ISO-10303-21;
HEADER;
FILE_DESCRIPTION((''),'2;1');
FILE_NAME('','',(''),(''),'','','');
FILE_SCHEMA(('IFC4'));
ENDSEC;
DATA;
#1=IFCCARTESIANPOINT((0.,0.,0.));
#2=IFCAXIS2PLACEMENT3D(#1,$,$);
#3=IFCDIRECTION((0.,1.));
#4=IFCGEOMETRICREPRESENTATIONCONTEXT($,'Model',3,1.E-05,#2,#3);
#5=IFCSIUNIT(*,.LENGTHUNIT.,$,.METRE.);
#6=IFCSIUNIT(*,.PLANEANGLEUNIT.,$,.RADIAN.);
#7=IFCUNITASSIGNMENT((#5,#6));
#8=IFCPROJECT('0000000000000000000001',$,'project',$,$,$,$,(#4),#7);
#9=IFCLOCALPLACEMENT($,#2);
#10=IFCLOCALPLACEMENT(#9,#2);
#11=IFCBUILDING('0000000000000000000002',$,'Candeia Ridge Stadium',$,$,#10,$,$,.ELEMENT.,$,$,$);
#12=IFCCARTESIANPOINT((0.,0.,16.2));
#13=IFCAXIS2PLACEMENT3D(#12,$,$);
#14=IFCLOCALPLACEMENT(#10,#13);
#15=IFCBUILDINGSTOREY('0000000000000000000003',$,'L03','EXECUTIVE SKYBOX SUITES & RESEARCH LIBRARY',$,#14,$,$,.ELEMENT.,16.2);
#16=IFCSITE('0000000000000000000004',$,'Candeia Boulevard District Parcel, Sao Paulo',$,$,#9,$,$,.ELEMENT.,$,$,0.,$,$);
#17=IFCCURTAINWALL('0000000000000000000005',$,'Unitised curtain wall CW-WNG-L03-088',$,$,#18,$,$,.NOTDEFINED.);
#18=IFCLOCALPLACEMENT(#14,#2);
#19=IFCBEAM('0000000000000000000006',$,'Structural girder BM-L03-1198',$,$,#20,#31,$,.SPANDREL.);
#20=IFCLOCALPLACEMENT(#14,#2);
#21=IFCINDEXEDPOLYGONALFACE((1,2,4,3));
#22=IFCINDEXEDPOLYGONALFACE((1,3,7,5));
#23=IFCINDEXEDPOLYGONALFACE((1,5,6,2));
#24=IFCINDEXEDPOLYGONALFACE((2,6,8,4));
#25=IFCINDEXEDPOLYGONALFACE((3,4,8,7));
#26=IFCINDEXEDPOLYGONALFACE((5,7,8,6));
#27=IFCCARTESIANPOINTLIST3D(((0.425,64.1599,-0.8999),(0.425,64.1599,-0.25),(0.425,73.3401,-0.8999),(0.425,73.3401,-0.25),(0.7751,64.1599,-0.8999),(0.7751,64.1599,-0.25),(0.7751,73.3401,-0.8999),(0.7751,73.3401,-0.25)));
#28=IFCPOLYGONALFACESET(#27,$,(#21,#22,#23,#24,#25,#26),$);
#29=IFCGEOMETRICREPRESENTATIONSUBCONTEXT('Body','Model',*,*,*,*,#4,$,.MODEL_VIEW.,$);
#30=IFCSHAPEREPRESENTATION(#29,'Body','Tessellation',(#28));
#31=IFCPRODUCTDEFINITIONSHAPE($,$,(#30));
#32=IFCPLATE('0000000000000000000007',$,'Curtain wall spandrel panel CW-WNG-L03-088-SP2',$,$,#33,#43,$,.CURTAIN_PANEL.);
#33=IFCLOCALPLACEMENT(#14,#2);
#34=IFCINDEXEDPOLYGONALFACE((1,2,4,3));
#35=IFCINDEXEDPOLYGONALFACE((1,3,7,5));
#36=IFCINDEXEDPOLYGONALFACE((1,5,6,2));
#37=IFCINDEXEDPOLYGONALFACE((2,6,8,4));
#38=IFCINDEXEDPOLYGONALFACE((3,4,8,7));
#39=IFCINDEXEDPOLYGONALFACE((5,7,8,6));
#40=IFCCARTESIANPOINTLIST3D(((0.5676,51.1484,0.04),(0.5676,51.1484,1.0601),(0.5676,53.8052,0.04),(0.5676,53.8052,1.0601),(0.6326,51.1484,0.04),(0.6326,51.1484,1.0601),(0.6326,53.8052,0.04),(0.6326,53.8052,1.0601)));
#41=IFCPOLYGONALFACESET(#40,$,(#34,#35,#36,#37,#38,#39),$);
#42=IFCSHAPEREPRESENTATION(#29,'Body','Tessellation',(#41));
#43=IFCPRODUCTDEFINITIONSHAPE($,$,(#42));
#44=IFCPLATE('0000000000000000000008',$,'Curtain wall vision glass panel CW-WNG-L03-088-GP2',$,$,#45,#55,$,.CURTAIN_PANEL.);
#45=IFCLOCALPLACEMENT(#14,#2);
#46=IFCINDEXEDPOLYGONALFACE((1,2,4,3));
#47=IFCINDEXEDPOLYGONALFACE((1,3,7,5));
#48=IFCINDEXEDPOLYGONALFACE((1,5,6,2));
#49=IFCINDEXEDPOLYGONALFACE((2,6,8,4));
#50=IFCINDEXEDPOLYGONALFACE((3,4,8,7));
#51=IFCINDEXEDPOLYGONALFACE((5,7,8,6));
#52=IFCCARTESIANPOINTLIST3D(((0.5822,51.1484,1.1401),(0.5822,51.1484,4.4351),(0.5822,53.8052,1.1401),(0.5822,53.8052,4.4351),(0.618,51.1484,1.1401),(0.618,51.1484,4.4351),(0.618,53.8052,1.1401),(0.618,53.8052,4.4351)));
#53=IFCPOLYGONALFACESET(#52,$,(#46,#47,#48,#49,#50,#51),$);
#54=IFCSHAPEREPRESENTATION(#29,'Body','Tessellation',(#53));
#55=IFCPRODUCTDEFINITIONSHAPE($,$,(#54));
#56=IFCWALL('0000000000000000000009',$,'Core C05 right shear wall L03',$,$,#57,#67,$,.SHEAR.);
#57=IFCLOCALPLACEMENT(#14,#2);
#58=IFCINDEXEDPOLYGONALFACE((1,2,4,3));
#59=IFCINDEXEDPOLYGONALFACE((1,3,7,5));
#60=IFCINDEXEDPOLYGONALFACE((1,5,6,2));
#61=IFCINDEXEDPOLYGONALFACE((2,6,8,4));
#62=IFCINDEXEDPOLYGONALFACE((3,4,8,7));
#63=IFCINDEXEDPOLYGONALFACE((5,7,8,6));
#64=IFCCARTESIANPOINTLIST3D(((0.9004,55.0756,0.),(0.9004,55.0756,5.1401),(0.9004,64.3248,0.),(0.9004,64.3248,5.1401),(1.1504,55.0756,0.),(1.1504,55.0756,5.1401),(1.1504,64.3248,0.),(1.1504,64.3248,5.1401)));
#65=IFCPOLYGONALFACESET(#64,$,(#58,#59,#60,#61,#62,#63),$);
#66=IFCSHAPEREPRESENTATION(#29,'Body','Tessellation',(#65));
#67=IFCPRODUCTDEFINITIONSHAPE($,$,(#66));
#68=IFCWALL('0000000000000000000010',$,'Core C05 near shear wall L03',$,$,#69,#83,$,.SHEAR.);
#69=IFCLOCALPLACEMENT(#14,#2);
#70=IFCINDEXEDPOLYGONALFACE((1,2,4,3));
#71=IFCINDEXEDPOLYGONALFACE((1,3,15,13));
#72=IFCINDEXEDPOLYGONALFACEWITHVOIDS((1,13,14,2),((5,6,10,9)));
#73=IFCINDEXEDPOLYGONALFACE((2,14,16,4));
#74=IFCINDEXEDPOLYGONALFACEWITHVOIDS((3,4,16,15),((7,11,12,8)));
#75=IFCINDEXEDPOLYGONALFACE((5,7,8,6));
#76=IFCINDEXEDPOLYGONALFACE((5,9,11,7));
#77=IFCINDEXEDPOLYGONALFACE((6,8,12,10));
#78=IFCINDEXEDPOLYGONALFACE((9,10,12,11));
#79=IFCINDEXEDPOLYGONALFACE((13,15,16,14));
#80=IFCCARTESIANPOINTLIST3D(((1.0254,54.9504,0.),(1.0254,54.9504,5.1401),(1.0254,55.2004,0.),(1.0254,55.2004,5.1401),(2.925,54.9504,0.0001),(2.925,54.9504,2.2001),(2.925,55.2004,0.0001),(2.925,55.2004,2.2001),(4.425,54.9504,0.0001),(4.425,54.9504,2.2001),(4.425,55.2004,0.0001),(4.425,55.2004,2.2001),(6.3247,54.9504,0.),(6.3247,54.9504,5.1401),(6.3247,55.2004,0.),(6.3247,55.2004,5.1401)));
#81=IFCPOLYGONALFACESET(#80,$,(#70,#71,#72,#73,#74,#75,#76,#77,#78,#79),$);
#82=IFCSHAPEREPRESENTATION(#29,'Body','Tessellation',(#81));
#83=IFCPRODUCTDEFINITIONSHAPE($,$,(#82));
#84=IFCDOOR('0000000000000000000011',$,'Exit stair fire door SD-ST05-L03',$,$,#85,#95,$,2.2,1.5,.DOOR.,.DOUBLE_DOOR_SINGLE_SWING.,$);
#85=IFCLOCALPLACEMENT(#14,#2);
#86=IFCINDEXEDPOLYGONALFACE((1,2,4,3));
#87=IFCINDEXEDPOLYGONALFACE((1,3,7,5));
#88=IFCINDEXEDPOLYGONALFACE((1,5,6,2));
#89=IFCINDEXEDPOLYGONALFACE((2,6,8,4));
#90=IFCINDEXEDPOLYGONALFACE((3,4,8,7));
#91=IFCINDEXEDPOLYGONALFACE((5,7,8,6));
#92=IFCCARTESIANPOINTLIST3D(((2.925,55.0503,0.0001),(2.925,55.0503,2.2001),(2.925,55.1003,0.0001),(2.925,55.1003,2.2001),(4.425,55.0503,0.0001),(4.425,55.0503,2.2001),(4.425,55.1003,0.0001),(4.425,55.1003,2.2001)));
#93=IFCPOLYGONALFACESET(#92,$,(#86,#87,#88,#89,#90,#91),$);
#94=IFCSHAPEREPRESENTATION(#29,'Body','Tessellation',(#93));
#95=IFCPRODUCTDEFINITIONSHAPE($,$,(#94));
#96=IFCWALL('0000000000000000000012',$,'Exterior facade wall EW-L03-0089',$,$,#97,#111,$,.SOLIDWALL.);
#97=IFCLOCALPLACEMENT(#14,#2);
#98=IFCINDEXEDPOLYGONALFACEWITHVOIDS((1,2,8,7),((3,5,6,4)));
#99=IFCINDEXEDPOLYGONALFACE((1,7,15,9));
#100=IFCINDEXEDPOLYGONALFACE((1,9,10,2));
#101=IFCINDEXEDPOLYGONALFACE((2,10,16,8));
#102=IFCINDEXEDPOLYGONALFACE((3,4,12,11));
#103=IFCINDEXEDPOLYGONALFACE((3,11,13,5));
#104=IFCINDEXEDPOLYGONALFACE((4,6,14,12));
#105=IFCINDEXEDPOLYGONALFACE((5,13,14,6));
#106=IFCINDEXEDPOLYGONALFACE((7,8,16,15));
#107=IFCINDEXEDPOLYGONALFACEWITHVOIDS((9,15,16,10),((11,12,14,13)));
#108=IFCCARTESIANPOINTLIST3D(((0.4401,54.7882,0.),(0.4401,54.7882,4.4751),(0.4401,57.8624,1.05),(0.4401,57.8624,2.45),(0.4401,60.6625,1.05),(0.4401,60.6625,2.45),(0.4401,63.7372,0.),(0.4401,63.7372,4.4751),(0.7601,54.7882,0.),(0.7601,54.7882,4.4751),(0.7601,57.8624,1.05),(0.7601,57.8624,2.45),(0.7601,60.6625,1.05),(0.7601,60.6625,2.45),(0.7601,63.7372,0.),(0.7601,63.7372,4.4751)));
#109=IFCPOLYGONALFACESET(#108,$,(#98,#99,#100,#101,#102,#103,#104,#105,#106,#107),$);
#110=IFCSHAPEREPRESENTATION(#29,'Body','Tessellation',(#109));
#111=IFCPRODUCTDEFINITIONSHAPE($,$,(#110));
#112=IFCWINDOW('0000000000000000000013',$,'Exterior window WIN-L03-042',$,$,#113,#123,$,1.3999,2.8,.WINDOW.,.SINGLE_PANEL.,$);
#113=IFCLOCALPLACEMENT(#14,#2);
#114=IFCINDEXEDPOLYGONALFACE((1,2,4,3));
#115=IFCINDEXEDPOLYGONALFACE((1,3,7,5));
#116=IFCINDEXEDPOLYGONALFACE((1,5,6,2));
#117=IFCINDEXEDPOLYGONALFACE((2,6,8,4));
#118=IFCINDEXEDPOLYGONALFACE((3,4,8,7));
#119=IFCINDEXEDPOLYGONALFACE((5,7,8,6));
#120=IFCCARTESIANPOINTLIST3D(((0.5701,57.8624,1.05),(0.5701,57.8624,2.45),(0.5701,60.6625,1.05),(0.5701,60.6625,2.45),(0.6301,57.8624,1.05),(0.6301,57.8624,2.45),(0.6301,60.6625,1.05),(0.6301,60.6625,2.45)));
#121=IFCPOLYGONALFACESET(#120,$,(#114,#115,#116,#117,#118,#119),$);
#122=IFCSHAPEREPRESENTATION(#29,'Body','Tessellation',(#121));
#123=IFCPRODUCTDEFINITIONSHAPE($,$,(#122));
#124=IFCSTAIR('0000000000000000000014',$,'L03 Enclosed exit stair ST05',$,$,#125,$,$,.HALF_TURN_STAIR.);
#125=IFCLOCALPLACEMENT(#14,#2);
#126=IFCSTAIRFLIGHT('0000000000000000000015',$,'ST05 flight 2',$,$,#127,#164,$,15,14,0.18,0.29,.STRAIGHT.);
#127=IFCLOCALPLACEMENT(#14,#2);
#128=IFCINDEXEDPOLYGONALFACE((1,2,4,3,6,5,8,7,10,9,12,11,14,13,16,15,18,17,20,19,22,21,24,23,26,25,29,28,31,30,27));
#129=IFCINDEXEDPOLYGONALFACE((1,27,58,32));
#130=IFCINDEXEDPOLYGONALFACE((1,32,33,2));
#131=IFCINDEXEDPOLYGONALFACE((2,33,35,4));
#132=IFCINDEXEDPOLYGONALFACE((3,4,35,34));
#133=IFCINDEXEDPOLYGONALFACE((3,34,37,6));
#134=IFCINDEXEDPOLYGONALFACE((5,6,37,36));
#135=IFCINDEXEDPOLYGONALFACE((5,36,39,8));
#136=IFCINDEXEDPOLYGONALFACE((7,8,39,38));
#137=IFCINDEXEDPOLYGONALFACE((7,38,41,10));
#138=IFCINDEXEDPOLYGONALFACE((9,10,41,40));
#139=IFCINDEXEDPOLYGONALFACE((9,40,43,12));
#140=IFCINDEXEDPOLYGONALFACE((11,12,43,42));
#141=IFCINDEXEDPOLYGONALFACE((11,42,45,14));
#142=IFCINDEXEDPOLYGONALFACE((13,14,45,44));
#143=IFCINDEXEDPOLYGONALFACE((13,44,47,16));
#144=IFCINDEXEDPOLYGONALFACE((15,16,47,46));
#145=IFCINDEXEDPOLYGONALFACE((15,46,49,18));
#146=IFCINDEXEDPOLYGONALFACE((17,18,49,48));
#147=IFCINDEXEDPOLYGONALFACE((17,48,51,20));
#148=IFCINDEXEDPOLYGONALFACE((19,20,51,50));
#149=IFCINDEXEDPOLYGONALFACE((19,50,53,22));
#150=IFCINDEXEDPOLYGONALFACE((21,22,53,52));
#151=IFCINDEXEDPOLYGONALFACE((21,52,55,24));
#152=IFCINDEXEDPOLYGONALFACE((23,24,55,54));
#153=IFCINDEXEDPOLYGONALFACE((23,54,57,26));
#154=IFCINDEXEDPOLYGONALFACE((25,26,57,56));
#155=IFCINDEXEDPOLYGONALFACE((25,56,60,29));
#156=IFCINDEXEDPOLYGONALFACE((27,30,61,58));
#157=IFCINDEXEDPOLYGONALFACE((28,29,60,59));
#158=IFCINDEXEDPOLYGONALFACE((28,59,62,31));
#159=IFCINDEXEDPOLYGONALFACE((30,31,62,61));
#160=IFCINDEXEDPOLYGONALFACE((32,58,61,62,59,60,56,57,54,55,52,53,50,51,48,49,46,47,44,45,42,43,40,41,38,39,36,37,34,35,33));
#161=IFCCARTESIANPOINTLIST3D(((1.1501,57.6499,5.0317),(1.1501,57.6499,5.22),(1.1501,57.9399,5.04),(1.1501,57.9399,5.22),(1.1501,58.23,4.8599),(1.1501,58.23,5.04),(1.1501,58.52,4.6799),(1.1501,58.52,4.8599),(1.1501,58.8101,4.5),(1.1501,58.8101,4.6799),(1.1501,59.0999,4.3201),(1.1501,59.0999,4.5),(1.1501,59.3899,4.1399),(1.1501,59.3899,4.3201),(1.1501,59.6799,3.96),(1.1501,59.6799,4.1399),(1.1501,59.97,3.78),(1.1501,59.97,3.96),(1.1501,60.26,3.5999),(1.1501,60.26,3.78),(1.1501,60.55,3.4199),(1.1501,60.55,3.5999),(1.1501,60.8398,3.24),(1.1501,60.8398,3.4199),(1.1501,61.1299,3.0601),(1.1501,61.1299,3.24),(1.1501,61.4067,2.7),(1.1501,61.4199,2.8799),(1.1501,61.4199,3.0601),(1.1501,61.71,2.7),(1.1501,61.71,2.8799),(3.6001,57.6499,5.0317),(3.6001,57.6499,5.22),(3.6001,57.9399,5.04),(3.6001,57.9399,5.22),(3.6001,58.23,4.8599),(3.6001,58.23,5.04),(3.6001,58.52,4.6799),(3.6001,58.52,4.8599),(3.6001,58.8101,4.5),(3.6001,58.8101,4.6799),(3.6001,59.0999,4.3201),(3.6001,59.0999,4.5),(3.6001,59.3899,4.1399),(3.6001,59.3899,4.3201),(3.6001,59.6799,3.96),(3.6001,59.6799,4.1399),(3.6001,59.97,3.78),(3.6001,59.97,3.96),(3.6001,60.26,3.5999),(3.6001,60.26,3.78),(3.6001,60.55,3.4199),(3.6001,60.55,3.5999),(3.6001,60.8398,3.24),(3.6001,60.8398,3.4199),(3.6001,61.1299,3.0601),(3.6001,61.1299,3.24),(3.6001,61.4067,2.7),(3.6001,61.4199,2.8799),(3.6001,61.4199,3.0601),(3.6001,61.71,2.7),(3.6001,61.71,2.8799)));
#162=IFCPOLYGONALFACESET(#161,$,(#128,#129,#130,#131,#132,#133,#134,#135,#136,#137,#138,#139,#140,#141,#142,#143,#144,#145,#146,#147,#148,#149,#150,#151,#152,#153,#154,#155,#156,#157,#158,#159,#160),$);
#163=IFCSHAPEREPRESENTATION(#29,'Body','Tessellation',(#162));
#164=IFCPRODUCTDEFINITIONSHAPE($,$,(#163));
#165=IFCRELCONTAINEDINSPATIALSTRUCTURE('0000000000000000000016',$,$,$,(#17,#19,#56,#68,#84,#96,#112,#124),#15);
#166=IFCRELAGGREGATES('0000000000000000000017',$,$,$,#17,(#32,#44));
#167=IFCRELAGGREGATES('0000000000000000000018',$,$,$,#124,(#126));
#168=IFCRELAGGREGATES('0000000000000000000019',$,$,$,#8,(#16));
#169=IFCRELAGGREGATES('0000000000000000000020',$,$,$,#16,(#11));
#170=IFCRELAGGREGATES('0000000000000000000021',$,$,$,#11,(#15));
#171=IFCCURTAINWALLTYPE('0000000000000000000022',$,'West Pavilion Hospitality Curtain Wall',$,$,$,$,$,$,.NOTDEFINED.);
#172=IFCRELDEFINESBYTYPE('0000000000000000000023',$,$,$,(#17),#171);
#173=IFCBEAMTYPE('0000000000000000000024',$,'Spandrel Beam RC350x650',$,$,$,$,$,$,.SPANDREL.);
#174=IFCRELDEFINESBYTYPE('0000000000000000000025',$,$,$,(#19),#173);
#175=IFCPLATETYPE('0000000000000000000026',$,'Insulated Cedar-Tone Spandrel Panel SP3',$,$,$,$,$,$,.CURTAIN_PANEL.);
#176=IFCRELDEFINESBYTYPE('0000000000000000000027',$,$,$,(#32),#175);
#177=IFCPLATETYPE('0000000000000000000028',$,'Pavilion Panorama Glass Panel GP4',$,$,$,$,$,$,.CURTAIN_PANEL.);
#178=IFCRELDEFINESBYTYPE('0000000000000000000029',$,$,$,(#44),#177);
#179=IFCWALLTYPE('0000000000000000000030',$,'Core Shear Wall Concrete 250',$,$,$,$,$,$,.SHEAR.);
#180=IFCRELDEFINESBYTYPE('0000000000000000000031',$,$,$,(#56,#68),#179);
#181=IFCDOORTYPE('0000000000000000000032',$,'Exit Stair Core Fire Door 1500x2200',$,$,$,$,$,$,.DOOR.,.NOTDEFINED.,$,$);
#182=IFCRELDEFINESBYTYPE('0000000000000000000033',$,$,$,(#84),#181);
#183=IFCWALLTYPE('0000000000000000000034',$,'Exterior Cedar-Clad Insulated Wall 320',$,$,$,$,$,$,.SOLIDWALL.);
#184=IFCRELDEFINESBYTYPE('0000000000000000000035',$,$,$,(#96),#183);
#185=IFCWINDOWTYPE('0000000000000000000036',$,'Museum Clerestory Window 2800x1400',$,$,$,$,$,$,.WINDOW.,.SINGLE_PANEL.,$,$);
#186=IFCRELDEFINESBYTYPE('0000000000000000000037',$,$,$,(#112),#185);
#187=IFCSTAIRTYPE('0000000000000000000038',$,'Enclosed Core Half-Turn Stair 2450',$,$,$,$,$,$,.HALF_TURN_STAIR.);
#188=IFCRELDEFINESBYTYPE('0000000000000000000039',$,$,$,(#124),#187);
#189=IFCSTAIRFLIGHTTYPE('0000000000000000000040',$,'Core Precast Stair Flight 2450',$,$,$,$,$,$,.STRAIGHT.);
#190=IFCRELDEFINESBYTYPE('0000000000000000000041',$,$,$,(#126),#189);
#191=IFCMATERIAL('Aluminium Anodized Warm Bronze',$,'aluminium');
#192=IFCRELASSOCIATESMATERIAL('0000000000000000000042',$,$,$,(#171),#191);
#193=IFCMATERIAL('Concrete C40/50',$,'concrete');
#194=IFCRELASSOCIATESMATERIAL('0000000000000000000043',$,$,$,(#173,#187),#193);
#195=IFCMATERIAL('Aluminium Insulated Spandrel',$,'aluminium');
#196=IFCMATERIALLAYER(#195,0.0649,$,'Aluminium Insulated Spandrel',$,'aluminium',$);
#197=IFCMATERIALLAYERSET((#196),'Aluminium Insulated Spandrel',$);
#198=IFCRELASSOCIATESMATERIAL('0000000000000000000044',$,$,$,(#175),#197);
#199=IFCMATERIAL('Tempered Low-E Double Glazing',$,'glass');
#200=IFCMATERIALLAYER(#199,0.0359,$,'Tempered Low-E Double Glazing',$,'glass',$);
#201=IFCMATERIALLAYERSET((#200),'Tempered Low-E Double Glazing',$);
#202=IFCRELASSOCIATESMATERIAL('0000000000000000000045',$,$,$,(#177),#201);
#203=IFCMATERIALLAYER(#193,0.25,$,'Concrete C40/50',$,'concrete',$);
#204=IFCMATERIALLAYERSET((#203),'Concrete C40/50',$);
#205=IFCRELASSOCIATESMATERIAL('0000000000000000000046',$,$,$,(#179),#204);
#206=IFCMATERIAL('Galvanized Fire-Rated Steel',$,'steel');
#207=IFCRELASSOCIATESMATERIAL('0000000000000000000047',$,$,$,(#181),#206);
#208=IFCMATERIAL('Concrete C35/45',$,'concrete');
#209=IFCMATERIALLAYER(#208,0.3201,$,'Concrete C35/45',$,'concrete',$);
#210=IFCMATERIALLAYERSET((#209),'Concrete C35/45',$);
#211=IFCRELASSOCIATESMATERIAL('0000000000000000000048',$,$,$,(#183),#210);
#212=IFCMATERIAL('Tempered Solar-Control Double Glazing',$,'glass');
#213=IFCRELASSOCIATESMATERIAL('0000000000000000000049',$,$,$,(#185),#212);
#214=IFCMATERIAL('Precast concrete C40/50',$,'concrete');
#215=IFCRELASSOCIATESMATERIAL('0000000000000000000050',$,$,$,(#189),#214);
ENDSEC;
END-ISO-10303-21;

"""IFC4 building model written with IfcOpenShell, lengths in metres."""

from ifc_helpers import new_model, si_unit, direction, frame, frame_2d, origin, origin_2d, place, context, subcontext, project, spatial, polyline, rectangle, outline, extrude, material, layer, layer_set, material_profile, profile_set, type_object, element, fill, aggregate, save


model = new_model("IFC4")

# Units and contexts
model_context = context("Model", 3, precision=1e-05, world=origin(), true_north=direction((0.0, 1.0)))
body_context = subcontext(model_context, "Body", "Model", "MODEL_VIEW")
ifc_project = project(units=[si_unit("LENGTHUNIT", "METRE"), si_unit("PLANEANGLEUNIT", "RADIAN")], contexts=[model_context])

# Site, building, storey
site_placement = place(None, origin())
site = spatial("IfcSite", under=ifc_project, at=site_placement, Name="Candeia Boulevard District Parcel, Sao Paulo", CompositionType="ELEMENT", RefElevation=0.0)
building_placement = place(site_placement, origin())
building = spatial("IfcBuilding", under=site, at=building_placement, Name="Candeia Ridge Stadium", CompositionType="ELEMENT")
storey_placement = place(building_placement, frame((0.0, 0.0, 16.2)))
storey = spatial("IfcBuildingStorey", under=building, at=storey_placement, Name="L03", Description="EXECUTIVE SKYBOX SUITES & RESEARCH LIBRARY", CompositionType="ELEMENT", Elevation=16.2)

# Shared definitions
ifc_material_1 = material(Name="Concrete C40/50", Category="concrete")

# Curtain wall
ifc_material_2 = material(Name="Aluminium Anodized Warm Bronze", Category="aluminium")
curtain_wall_type = type_object("IfcCurtainWallType", Name="West Pavilion Hospitality Curtain Wall", PredefinedType="NOTDEFINED", material=ifc_material_2)
curtain_wall_1_placement = place(storey_placement, origin())
curtain_wall_1 = element("IfcCurtainWall", 1, at=curtain_wall_1_placement, inside=storey, type_object=curtain_wall_type, Name="Unitised curtain wall CW-WNG-L03-088", PredefinedType="NOTDEFINED")

# Beam
ifc_material_profile_1 = material_profile(ifc_material_1, rectangle(XDim=0.3501, YDim=0.6499, at=origin_2d()), Name="RC350x650", Category="concrete")
ifc_profile_set_1 = profile_set([ifc_material_profile_1], Name="Concrete C40/50")
beam_type_1 = type_object("IfcBeamType", Name="Spandrel Beam RC350x650", PredefinedType="SPANDREL", material=ifc_profile_set_1)
for number, where, z_axis, x_axis, name in (
    (2, (0.6001, 64.1599, -0.575), (0.0, 1.0, 0.0), (-1.0, 0.0, 0.0), "Structural girder BM-L03-1198"),
):
    element("IfcBeam", number, at=place(storey_placement, frame(where, z_axis=z_axis, x_axis=x_axis)), inside=storey, type_object=beam_type_1, Name=name, PredefinedType="SPANDREL", context=body_context, shape_type="SweptSolid", body=[
        extrude(rectangle(XDim=0.3501, YDim=0.6499, at=origin_2d()), origin(), (0.0, 0.0, 1.0), 9.1802),
    ])

# Plates
ifc_material_3 = material(Name="Aluminium Insulated Spandrel", Category="aluminium")
ifc_layer_1 = layer(ifc_material_3, 0.0649, Name="Aluminium Insulated Spandrel", Category="aluminium")
ifc_layer_set_1 = layer_set([ifc_layer_1], Name="Aluminium Insulated Spandrel")
plate_type_1 = type_object("IfcPlateType", Name="Insulated Cedar-Tone Spandrel Panel SP3", PredefinedType="CURTAIN_PANEL", material=ifc_layer_set_1)
plate_1_placement = place(storey_placement, frame((0.6001, 52.4768, 0.04), z_axis=(0.0, 0.0, 1.0), x_axis=(0.0, 1.0, 0.0)))
plate_1 = element("IfcPlate", 3, at=plate_1_placement, type_object=plate_type_1, Name="Curtain wall spandrel panel CW-WNG-L03-088-SP2", PredefinedType="CURTAIN_PANEL", context=body_context, shape_type="SweptSolid", body=[
    extrude(rectangle(XDim=2.6567, YDim=0.0649, at=origin_2d()), origin(), (0.0, 0.0, 1.0), 1.02),
])
ifc_material_4 = material(Name="Tempered Low-E Double Glazing", Category="glass")
ifc_layer_2 = layer(ifc_material_4, 0.0359, Name="Tempered Low-E Double Glazing", Category="glass")
ifc_layer_set_2 = layer_set([ifc_layer_2], Name="Tempered Low-E Double Glazing")
plate_type_2 = type_object("IfcPlateType", Name="Pavilion Panorama Glass Panel GP4", PredefinedType="CURTAIN_PANEL", material=ifc_layer_set_2)
plate_2_placement = place(storey_placement, frame((0.6001, 52.4768, 1.1401), z_axis=(0.0, 0.0, 1.0), x_axis=(0.0, 1.0, 0.0)))
plate_2 = element("IfcPlate", 4, at=plate_2_placement, type_object=plate_type_2, Name="Curtain wall vision glass panel CW-WNG-L03-088-GP2", PredefinedType="CURTAIN_PANEL", context=body_context, shape_type="SweptSolid", body=[
    extrude(rectangle(XDim=2.6567, YDim=0.0359, at=origin_2d()), origin(), (0.0, 0.0, 1.0), 3.2949),
])
aggregate(curtain_wall_1, [plate_1, plate_2])

# Wall
ifc_layer_3 = layer(ifc_material_1, 0.25, Name="Concrete C40/50", Category="concrete")
ifc_layer_set_3 = layer_set([ifc_layer_3], Name="Concrete C40/50")
wall_type_1 = type_object("IfcWallType", Name="Core Shear Wall Concrete 250", PredefinedType="SHEAR", material=ifc_layer_set_3)
wall_1_placement = place(storey_placement, frame((1.0254, 64.3247, 0.0), z_axis=(0.0, 0.0, 1.0), x_axis=(0.0, -1.0, 0.0)))
element("IfcWall", 5, at=wall_1_placement, inside=storey, type_object=wall_type_1, Name="Core C05 right shear wall L03", PredefinedType="SHEAR", context=body_context, shape_type="SweptSolid", body=[
    extrude(rectangle(XDim=9.2493, YDim=0.25, at=frame_2d((4.6245, 0.0))), origin(), (0.0, 0.0, 1.0), 5.1401),
])

# Wall, opening, door
wall_2_placement = place(storey_placement, frame((1.0254, 55.0754, 0.0), z_axis=(0.0, 0.0, 1.0), x_axis=(1.0, 0.0, 0.0)))
wall_2 = element("IfcWall", 6, at=wall_2_placement, inside=storey, type_object=wall_type_1, Name="Core C05 near shear wall L03", PredefinedType="SHEAR", context=body_context, shape_type="SweptSolid", body=[
    extrude(rectangle(XDim=5.2993, YDim=0.25, at=frame_2d((2.6497, 0.0))), origin(), (0.0, 0.0, 1.0), 5.1401),
])
opening_1_placement = place(wall_2_placement, frame((1.8997, 0.0, 0.0)))
opening_1 = element("IfcOpeningElement", 7, at=opening_1_placement, cuts=wall_2, PredefinedType="OPENING", context=body_context, shape_type="SweptSolid", body=[
    extrude(rectangle(XDim=1.5, YDim=2.2, at=frame_2d((0.75, 1.1001))), frame((0.0, 0.135, 0.0), z_axis=(0.0, -1.0, 0.0), x_axis=(1.0, 0.0, 0.0)), (0.0, 0.0, 1.0), 0.27),
])
ifc_material_5 = material(Name="Galvanized Fire-Rated Steel", Category="steel")
door_type = type_object("IfcDoorType", Name="Exit Stair Core Fire Door 1500x2200", OperationType="NOTDEFINED", PredefinedType="DOOR", material=ifc_material_5)
door_placement = place(opening_1_placement, origin())
door = element("IfcDoor", 8, at=door_placement, inside=storey, type_object=door_type, Name="Exit stair fire door SD-ST05-L03", OperationType="DOUBLE_DOOR_SINGLE_SWING", OverallHeight=2.2, OverallWidth=1.5, PredefinedType="DOOR", context=body_context, shape_type="SweptSolid", body=[
    extrude(rectangle(XDim=1.5, YDim=2.2, at=frame_2d((0.75, 1.1001))), frame((0.0, 0.0249, 0.0), z_axis=(0.0, -1.0, 0.0), x_axis=(1.0, 0.0, 0.0)), (0.0, 0.0, 1.0), 0.05),
])
fill(opening_1, door)

# Wall, opening, window
ifc_material_6 = material(Name="Concrete C35/45", Category="concrete")
ifc_layer_4 = layer(ifc_material_6, 0.3201, Name="Concrete C35/45", Category="concrete")
ifc_layer_set_4 = layer_set([ifc_layer_4], Name="Concrete C35/45")
wall_type_2 = type_object("IfcWallType", Name="Exterior Cedar-Clad Insulated Wall 320", PredefinedType="SOLIDWALL", material=ifc_layer_set_4)
wall_3_placement = place(storey_placement, frame((0.6001, 54.7881, 0.0), z_axis=(0.0, 0.0, 1.0), x_axis=(0.0, 1.0, 0.0)))
wall_3 = element("IfcWall", 9, at=wall_3_placement, inside=storey, type_object=wall_type_2, Name="Exterior facade wall EW-L03-0089", PredefinedType="SOLIDWALL", context=body_context, shape_type="SweptSolid", body=[
    extrude(rectangle(XDim=8.949, YDim=0.3201, at=frame_2d((4.4746, 0.0))), origin(), (0.0, 0.0, 1.0), 4.4751),
])
opening_2_placement = place(wall_3_placement, frame((3.0745, 0.0, 1.05)))
opening_2 = element("IfcOpeningElement", 10, at=opening_2_placement, cuts=wall_3, PredefinedType="OPENING", context=body_context, shape_type="SweptSolid", body=[
    extrude(rectangle(XDim=2.8, YDim=1.3999, at=frame_2d((1.3999, 0.7))), frame((0.0, 0.1699, 0.0), z_axis=(0.0, -1.0, 0.0), x_axis=(1.0, 0.0, 0.0)), (0.0, 0.0, 1.0), 0.3401),
])
ifc_material_7 = material(Name="Tempered Solar-Control Double Glazing", Category="glass")
window_type = type_object("IfcWindowType", Name="Museum Clerestory Window 2800x1400", PartitioningType="SINGLE_PANEL", PredefinedType="WINDOW", material=ifc_material_7)
window_placement = place(opening_2_placement, origin())
window = element("IfcWindow", 11, at=window_placement, inside=storey, type_object=window_type, Name="Exterior window WIN-L03-042", OverallHeight=1.3999, OverallWidth=2.8, PartitioningType="SINGLE_PANEL", PredefinedType="WINDOW", context=body_context, shape_type="SweptSolid", body=[
    extrude(rectangle(XDim=2.8, YDim=1.3999, at=frame_2d((1.3999, 0.7))), frame((0.0, 0.03, 0.0), z_axis=(0.0, -1.0, 0.0), x_axis=(1.0, 0.0, 0.0)), (0.0, 0.0, 1.0), 0.0601),
])
fill(opening_2, window)

# Stair, stair flight
stair_type = type_object("IfcStairType", Name="Enclosed Core Half-Turn Stair 2450", PredefinedType="HALF_TURN_STAIR", material=ifc_material_1)
stair_placement = place(storey_placement, origin())
stair = element("IfcStair", 12, at=stair_placement, inside=storey, type_object=stair_type, Name="L03 Enclosed exit stair ST05", PredefinedType="HALF_TURN_STAIR")
ifc_material_8 = material(Name="Precast concrete C40/50", Category="concrete")
stair_flight_type = type_object("IfcStairFlightType", Name="Core Precast Stair Flight 2450", PredefinedType="STRAIGHT", material=ifc_material_8)
stair_flight_placement = place(storey_placement, frame((2.375, 61.71, 2.7), z_axis=(0.0, 0.0, 1.0), x_axis=(0.0, -1.0, 0.0)))
stair_flight = element("IfcStairFlight", 13, at=stair_flight_placement, type_object=stair_flight_type, Name="ST05 flight 2", NumberOfRisers=15, NumberOfTreads=14, PredefinedType="STRAIGHT", RiserHeight=0.18, TreadLength=0.29, context=body_context, shape_type="SweptSolid", body=[
    extrude(outline(polyline([(0.0, 0.0), (0.0, 0.1799), (0.29, 0.1799), (0.29, 0.3601), (0.5801, 0.3601), (0.5801, 0.54), (0.8701, 0.54), (0.8701, 0.72), (1.1599, 0.72), (1.1599, 0.8999), (1.45, 0.8999), (1.45, 1.0801), (1.74, 1.0801), (1.74, 1.26), (2.03, 1.26), (2.03, 1.4399), (2.3201, 1.4399), (2.3201, 1.6201), (2.6101, 1.6201), (2.6101, 1.8), (2.8999, 1.8), (2.8999, 1.98), (3.1899, 1.98), (3.1899, 2.1599), (3.48, 2.1599), (3.48, 2.3401), (3.77, 2.3401), (3.77, 2.52), (4.0601, 2.52), (4.0601, 2.7), (4.0601, 2.3318), (0.3032, 0.0), (0.0, 0.0)])), frame((0.0, 1.2251, 0.0), z_axis=(0.0, -1.0, 0.0), x_axis=(1.0, 0.0, 0.0)), (0.0, 0.0, 1.0), 2.45),
])
aggregate(stair, [stair_flight])

save(model, "model.ifc")
